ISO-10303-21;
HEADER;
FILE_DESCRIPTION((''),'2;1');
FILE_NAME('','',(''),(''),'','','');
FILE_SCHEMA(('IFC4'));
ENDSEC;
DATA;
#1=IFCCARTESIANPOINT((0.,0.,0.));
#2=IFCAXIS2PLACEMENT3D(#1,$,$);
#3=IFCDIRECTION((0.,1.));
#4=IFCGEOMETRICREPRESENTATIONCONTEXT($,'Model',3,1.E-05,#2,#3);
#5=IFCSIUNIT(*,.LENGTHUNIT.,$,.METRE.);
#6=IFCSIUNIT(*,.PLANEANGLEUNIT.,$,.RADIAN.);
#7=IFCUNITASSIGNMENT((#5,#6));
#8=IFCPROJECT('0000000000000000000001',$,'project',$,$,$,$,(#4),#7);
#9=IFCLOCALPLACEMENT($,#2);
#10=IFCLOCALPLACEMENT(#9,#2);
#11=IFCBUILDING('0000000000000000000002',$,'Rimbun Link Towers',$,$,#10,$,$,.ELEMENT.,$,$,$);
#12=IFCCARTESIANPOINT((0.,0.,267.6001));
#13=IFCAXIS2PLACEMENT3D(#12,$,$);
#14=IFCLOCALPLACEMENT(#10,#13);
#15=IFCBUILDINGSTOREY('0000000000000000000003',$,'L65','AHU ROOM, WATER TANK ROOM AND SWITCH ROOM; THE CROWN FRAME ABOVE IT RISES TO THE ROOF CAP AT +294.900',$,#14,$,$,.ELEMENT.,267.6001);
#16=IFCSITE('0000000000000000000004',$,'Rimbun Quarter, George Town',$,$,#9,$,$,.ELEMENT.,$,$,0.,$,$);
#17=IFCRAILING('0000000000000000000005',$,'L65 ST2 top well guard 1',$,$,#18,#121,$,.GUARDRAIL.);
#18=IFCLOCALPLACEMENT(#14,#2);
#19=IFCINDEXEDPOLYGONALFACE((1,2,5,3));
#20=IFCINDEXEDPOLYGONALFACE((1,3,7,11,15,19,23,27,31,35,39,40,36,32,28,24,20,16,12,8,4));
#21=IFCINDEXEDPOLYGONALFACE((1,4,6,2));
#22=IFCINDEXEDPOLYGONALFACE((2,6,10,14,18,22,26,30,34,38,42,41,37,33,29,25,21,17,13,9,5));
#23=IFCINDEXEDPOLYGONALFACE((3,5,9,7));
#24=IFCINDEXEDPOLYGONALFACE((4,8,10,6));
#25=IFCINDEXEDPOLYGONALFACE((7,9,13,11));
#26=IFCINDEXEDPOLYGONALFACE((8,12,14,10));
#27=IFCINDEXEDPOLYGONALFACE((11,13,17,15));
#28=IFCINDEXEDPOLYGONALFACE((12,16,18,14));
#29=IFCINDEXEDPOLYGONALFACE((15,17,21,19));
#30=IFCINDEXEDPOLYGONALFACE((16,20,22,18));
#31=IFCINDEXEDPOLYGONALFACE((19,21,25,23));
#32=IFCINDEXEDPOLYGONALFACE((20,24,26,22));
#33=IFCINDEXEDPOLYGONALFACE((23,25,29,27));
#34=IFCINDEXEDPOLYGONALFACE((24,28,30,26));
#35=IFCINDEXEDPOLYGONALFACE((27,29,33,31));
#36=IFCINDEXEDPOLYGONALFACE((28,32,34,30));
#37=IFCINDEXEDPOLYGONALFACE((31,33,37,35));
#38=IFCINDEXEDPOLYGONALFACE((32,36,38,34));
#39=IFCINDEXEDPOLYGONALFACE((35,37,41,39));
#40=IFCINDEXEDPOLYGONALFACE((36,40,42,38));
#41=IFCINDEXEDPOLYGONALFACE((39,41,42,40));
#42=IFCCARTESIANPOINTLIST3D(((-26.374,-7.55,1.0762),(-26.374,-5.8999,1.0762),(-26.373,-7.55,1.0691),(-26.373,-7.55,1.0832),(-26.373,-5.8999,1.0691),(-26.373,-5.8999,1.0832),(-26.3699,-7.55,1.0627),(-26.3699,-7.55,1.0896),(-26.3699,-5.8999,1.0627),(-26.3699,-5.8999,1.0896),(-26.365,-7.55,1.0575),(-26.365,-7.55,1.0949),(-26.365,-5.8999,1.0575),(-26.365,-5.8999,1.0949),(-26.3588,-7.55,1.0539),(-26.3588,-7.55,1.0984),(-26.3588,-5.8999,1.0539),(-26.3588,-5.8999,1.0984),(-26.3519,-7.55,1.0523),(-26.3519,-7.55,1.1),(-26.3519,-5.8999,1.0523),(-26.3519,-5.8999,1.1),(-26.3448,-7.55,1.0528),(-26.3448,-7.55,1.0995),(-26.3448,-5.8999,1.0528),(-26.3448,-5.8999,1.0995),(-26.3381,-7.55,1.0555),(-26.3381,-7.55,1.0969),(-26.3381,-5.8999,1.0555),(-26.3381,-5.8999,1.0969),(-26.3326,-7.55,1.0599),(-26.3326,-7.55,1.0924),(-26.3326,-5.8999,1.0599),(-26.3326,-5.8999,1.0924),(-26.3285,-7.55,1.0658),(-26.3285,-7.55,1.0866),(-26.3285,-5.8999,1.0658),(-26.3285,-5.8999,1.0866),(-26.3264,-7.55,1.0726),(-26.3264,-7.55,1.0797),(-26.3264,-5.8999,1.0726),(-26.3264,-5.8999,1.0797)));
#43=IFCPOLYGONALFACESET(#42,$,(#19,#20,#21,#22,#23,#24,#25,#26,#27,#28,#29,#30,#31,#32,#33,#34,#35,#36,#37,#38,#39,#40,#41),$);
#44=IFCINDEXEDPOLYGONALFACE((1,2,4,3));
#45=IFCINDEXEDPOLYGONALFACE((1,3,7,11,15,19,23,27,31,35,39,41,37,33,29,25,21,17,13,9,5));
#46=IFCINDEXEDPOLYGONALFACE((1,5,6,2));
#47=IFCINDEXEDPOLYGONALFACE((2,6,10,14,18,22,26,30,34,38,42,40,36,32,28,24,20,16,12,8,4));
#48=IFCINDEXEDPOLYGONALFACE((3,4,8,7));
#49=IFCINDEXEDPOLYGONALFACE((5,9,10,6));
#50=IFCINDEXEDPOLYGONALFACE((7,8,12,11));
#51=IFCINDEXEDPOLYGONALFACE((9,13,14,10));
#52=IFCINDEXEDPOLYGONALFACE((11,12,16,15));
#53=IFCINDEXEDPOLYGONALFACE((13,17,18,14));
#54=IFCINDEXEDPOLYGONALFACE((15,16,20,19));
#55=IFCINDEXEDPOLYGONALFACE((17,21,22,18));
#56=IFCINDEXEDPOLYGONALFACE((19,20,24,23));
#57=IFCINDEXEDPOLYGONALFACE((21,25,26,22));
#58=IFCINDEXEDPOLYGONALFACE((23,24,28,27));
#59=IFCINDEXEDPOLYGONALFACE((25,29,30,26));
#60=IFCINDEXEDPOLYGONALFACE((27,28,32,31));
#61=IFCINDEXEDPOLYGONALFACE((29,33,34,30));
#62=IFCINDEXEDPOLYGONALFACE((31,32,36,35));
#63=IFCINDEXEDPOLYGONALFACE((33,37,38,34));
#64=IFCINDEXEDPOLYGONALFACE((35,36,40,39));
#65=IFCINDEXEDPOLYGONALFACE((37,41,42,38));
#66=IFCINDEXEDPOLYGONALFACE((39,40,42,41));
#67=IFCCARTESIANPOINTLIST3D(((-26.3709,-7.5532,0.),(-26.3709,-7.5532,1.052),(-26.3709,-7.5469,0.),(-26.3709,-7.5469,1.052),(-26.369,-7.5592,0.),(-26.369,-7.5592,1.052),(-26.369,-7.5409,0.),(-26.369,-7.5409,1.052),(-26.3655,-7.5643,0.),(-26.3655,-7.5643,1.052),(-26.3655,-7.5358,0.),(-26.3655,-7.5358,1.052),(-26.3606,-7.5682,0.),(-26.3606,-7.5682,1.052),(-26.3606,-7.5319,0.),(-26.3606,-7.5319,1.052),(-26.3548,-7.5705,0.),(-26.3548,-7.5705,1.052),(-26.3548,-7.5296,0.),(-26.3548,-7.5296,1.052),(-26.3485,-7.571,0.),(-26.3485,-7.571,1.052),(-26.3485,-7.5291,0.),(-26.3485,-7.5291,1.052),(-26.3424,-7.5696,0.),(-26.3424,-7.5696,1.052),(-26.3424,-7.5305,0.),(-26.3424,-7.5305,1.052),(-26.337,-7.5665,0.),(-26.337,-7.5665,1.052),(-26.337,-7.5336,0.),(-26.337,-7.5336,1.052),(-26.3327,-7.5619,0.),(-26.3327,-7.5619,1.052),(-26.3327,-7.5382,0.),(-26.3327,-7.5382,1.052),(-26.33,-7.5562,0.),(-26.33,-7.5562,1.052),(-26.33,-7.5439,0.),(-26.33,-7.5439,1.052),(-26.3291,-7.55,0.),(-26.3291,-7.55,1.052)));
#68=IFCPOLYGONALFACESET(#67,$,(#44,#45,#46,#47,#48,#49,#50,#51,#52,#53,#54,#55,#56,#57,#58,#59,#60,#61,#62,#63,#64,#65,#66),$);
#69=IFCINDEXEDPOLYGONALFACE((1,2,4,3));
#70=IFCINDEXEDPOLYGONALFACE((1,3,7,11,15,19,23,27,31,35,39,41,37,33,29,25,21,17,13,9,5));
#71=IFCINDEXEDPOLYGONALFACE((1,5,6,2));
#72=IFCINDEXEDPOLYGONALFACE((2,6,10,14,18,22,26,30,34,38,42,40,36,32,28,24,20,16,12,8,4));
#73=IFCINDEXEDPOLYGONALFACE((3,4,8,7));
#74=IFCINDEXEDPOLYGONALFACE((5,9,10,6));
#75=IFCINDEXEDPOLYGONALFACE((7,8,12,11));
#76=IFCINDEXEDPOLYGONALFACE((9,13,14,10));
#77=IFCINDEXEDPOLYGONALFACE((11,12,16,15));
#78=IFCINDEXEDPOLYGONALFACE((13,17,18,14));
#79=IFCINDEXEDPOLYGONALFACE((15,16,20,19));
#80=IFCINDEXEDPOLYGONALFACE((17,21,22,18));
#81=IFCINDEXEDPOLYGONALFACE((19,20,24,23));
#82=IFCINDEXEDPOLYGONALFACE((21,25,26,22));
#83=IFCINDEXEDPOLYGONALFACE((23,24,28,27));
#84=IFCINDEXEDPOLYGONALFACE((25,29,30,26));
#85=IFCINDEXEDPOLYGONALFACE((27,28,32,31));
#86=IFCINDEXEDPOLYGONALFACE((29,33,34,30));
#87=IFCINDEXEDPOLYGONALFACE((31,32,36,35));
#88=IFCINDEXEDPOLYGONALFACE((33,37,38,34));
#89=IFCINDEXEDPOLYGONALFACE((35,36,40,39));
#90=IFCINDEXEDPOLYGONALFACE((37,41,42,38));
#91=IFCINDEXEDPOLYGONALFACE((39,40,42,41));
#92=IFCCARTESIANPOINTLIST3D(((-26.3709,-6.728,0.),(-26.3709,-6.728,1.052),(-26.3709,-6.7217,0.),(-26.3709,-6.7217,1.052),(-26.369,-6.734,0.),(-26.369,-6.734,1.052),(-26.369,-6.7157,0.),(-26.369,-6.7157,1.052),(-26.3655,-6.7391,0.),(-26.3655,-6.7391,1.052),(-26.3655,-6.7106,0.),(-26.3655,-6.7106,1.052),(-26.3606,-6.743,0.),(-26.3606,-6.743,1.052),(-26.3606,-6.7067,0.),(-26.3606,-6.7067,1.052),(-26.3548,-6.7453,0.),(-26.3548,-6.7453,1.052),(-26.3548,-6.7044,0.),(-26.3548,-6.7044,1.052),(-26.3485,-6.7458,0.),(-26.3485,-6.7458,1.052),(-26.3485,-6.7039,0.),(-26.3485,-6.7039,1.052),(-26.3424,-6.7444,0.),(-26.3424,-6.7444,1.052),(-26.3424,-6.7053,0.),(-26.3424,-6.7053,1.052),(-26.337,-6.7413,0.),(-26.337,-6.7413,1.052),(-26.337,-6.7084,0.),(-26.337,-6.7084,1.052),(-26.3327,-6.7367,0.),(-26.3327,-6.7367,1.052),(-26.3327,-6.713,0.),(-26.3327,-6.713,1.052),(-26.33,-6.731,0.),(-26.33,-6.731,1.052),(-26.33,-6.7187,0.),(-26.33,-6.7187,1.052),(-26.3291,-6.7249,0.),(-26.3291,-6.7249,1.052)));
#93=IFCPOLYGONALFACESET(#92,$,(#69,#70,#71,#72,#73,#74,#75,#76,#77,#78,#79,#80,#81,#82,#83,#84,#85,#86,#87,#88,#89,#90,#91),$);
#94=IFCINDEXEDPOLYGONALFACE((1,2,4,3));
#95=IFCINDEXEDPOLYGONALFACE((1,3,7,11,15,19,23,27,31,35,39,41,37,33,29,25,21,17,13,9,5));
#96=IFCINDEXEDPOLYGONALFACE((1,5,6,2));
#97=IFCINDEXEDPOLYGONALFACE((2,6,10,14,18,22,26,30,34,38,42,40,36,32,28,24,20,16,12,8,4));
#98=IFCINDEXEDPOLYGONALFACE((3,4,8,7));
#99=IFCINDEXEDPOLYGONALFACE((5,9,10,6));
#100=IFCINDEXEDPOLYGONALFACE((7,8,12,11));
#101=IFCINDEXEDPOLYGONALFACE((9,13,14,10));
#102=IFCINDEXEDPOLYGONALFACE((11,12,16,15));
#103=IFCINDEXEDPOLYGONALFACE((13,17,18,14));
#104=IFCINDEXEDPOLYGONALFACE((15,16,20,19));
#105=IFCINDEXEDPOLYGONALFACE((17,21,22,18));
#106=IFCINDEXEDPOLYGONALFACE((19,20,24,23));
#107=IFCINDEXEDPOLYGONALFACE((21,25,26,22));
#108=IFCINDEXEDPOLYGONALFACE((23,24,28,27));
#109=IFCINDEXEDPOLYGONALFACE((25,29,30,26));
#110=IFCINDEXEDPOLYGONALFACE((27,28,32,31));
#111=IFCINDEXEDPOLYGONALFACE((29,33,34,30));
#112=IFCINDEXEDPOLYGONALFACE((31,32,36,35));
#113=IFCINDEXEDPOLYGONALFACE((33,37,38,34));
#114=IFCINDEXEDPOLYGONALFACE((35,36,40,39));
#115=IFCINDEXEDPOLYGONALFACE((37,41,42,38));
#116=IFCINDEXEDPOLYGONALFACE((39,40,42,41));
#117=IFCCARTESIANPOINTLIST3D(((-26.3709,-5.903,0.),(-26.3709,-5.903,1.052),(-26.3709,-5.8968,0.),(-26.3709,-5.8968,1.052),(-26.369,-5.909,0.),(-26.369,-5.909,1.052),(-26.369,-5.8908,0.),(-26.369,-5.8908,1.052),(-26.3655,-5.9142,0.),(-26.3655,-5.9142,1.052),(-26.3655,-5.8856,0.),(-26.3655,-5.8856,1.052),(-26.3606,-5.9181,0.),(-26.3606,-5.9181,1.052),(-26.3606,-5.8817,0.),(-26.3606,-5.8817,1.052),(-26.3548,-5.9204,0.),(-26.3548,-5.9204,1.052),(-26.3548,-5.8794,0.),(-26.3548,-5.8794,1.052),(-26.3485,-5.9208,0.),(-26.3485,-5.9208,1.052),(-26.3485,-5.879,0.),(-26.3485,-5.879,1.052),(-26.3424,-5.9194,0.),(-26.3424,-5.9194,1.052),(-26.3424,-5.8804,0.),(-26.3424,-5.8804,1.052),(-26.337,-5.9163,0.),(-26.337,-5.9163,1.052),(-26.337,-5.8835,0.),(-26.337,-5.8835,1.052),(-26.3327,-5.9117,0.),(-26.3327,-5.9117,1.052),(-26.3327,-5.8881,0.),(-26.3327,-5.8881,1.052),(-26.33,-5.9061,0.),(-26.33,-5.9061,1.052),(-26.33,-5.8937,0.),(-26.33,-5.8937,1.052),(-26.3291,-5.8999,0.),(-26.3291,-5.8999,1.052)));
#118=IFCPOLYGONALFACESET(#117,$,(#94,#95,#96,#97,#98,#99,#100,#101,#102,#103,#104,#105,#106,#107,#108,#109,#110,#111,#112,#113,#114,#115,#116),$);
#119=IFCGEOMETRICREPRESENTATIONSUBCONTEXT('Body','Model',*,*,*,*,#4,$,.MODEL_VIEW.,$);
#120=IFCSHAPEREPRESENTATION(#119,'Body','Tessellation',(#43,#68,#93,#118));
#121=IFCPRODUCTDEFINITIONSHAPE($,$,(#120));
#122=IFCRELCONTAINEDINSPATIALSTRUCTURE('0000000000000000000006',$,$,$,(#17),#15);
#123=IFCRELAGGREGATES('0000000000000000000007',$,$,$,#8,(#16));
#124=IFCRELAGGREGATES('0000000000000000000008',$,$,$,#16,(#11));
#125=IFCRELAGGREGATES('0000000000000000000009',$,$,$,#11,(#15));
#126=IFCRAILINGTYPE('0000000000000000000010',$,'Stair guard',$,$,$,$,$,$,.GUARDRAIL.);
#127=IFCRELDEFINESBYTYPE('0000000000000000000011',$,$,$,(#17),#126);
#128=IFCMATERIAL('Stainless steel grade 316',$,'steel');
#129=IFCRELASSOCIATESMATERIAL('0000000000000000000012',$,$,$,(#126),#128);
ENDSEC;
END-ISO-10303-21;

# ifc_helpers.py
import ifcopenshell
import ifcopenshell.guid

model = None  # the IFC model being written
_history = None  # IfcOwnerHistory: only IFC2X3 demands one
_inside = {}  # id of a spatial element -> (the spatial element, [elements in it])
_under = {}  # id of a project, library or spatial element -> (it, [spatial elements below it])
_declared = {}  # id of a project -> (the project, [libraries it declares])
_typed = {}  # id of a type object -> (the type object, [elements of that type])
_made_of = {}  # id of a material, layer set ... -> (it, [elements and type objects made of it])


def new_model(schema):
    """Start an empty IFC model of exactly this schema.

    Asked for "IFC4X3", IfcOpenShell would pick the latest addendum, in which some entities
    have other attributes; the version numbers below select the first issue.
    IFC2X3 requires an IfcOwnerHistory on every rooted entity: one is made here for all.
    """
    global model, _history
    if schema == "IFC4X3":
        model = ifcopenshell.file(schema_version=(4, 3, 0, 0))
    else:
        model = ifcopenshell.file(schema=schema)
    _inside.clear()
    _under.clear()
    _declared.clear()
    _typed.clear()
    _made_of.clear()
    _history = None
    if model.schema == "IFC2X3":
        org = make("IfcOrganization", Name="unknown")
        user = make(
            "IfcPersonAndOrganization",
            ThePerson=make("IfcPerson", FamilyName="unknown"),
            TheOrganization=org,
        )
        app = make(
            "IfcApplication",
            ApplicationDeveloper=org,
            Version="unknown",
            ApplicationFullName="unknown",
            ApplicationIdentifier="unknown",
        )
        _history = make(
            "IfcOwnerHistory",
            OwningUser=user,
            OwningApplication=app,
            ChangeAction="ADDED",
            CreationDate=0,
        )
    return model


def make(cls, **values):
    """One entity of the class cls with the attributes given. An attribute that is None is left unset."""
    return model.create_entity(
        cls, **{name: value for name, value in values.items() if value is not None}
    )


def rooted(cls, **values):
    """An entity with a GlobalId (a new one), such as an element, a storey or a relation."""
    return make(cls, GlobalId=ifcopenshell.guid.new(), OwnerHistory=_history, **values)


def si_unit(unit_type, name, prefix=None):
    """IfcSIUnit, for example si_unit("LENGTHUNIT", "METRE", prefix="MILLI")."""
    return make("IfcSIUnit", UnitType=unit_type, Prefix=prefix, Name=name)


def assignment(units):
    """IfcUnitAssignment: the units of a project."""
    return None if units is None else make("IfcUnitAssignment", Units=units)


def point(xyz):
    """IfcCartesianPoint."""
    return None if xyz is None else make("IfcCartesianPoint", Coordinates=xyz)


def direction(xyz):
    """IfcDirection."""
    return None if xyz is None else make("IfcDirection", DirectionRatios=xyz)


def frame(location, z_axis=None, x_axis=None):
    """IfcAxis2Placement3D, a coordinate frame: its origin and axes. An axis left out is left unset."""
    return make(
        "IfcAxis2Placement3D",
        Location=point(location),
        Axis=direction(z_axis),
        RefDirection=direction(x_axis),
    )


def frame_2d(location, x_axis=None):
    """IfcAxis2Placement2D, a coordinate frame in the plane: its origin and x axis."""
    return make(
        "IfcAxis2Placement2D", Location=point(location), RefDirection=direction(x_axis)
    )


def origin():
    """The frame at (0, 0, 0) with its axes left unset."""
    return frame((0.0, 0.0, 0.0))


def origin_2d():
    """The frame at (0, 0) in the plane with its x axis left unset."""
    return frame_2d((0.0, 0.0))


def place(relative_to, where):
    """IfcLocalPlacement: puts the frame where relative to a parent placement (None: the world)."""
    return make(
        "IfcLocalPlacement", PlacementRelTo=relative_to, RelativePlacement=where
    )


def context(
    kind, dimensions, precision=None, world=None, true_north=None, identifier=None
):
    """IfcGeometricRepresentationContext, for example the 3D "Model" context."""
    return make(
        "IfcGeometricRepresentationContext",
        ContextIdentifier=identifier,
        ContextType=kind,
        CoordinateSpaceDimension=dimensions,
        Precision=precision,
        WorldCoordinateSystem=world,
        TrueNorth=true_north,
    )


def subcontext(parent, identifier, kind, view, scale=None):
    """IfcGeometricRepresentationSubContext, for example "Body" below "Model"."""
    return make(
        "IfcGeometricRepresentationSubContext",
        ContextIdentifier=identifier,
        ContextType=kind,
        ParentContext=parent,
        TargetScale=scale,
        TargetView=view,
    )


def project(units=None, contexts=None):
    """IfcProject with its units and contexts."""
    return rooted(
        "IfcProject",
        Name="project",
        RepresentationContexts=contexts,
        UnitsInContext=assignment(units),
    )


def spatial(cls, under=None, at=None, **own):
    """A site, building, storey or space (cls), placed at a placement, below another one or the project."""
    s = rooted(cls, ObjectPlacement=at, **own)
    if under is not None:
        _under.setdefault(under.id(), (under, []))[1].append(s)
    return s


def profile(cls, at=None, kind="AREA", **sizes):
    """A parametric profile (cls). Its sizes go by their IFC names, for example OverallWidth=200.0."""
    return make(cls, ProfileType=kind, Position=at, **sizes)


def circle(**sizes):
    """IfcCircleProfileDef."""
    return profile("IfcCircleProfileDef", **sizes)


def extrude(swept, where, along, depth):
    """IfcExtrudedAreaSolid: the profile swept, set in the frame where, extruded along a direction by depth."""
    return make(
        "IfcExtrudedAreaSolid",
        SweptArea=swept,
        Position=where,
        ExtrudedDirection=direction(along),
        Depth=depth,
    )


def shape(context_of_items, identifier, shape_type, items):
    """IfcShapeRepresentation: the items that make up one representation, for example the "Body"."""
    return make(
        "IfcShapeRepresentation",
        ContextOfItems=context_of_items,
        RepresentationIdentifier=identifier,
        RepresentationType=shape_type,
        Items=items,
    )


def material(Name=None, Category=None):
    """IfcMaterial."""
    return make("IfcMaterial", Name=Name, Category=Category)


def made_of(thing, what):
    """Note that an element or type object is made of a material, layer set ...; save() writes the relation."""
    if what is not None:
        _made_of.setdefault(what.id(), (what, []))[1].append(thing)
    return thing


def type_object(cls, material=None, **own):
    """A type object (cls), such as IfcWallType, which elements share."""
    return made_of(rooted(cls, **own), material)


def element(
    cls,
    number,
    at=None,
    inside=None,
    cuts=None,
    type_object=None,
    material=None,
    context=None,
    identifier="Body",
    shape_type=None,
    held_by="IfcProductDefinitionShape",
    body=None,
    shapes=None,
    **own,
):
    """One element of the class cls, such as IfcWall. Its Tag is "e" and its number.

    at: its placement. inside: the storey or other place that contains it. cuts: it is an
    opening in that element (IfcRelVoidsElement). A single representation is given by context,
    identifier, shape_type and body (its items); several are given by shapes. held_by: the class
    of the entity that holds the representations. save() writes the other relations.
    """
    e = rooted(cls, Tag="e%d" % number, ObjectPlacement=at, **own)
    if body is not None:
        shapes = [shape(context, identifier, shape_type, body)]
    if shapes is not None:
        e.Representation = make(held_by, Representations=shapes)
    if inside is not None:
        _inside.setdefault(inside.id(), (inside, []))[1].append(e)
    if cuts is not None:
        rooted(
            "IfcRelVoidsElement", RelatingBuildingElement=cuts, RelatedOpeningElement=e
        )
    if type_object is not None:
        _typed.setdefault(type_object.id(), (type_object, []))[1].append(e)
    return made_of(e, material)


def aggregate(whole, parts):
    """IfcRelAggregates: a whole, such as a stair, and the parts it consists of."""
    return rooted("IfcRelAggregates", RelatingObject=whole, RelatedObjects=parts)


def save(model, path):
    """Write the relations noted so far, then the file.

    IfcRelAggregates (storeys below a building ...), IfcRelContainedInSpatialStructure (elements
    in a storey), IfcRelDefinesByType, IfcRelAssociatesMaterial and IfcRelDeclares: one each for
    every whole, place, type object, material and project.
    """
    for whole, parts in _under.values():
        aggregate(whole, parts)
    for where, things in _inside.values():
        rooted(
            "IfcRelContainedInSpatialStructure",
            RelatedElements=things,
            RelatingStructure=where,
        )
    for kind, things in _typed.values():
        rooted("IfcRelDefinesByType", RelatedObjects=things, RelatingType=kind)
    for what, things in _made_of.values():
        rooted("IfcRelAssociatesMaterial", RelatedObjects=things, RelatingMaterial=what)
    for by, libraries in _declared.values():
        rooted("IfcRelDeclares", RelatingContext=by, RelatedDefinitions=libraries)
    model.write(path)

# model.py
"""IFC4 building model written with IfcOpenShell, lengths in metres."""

from ifc_helpers import new_model, si_unit, direction, frame, origin, origin_2d, place, context, subcontext, project, spatial, circle, extrude, material, type_object, element, save


model = new_model("IFC4")

# Units and contexts
model_context = context("Model", 3, precision=1e-05, world=origin(), true_north=direction((0.0, 1.0)))
body_context = subcontext(model_context, "Body", "Model", "MODEL_VIEW")
ifc_project = project(units=[si_unit("LENGTHUNIT", "METRE"), si_unit("PLANEANGLEUNIT", "RADIAN")], contexts=[model_context])

# Site, building, storey
site_placement = place(None, origin())
site = spatial("IfcSite", under=ifc_project, at=site_placement, Name="Rimbun Quarter, George Town", CompositionType="ELEMENT", RefElevation=0.0)
building_placement = place(site_placement, origin())
building = spatial("IfcBuilding", under=site, at=building_placement, Name="Rimbun Link Towers", CompositionType="ELEMENT")
storey_placement = place(building_placement, frame((0.0, 0.0, 267.6001)))
storey = spatial("IfcBuildingStorey", under=building, at=storey_placement, Name="L65", Description="AHU ROOM, WATER TANK ROOM AND SWITCH ROOM; THE CROWN FRAME ABOVE IT RISES TO THE ROOF CAP AT +294.900", CompositionType="ELEMENT", Elevation=267.6001)

# Railing
ifc_material_1 = material(Name="Stainless steel grade 316", Category="steel")
railing_type = type_object("IfcRailingType", Name="Stair guard", PredefinedType="GUARDRAIL", material=ifc_material_1)
railing_placement = place(storey_placement, frame((-26.3501, -7.55, 0.0)))
element("IfcRailing", 1, at=railing_placement, inside=storey, type_object=railing_type, Name="L65 ST2 top well guard 1", PredefinedType="GUARDRAIL", context=body_context, shape_type="SweptSolid", body=[
    extrude(circle(Radius=0.0239, at=origin_2d()), frame((0.0, 0.0, 1.0762), z_axis=(0.0, 1.0, 0.0), x_axis=(-1.0, 0.0, 0.0)), (0.0, 0.0, 1.0), 1.6501),
    extrude(circle(Radius=0.021, at=origin_2d()), origin(), (0.0, 0.0, 1.0), 1.052),
    extrude(circle(Radius=0.021, at=origin_2d()), frame((0.0, 0.8252, 0.0)), (0.0, 0.0, 1.0), 1.052),
    extrude(circle(Radius=0.021, at=origin_2d()), frame((0.0, 1.6501, 0.0)), (0.0, 0.0, 1.0), 1.052),
])

save(model, "model.ifc")
